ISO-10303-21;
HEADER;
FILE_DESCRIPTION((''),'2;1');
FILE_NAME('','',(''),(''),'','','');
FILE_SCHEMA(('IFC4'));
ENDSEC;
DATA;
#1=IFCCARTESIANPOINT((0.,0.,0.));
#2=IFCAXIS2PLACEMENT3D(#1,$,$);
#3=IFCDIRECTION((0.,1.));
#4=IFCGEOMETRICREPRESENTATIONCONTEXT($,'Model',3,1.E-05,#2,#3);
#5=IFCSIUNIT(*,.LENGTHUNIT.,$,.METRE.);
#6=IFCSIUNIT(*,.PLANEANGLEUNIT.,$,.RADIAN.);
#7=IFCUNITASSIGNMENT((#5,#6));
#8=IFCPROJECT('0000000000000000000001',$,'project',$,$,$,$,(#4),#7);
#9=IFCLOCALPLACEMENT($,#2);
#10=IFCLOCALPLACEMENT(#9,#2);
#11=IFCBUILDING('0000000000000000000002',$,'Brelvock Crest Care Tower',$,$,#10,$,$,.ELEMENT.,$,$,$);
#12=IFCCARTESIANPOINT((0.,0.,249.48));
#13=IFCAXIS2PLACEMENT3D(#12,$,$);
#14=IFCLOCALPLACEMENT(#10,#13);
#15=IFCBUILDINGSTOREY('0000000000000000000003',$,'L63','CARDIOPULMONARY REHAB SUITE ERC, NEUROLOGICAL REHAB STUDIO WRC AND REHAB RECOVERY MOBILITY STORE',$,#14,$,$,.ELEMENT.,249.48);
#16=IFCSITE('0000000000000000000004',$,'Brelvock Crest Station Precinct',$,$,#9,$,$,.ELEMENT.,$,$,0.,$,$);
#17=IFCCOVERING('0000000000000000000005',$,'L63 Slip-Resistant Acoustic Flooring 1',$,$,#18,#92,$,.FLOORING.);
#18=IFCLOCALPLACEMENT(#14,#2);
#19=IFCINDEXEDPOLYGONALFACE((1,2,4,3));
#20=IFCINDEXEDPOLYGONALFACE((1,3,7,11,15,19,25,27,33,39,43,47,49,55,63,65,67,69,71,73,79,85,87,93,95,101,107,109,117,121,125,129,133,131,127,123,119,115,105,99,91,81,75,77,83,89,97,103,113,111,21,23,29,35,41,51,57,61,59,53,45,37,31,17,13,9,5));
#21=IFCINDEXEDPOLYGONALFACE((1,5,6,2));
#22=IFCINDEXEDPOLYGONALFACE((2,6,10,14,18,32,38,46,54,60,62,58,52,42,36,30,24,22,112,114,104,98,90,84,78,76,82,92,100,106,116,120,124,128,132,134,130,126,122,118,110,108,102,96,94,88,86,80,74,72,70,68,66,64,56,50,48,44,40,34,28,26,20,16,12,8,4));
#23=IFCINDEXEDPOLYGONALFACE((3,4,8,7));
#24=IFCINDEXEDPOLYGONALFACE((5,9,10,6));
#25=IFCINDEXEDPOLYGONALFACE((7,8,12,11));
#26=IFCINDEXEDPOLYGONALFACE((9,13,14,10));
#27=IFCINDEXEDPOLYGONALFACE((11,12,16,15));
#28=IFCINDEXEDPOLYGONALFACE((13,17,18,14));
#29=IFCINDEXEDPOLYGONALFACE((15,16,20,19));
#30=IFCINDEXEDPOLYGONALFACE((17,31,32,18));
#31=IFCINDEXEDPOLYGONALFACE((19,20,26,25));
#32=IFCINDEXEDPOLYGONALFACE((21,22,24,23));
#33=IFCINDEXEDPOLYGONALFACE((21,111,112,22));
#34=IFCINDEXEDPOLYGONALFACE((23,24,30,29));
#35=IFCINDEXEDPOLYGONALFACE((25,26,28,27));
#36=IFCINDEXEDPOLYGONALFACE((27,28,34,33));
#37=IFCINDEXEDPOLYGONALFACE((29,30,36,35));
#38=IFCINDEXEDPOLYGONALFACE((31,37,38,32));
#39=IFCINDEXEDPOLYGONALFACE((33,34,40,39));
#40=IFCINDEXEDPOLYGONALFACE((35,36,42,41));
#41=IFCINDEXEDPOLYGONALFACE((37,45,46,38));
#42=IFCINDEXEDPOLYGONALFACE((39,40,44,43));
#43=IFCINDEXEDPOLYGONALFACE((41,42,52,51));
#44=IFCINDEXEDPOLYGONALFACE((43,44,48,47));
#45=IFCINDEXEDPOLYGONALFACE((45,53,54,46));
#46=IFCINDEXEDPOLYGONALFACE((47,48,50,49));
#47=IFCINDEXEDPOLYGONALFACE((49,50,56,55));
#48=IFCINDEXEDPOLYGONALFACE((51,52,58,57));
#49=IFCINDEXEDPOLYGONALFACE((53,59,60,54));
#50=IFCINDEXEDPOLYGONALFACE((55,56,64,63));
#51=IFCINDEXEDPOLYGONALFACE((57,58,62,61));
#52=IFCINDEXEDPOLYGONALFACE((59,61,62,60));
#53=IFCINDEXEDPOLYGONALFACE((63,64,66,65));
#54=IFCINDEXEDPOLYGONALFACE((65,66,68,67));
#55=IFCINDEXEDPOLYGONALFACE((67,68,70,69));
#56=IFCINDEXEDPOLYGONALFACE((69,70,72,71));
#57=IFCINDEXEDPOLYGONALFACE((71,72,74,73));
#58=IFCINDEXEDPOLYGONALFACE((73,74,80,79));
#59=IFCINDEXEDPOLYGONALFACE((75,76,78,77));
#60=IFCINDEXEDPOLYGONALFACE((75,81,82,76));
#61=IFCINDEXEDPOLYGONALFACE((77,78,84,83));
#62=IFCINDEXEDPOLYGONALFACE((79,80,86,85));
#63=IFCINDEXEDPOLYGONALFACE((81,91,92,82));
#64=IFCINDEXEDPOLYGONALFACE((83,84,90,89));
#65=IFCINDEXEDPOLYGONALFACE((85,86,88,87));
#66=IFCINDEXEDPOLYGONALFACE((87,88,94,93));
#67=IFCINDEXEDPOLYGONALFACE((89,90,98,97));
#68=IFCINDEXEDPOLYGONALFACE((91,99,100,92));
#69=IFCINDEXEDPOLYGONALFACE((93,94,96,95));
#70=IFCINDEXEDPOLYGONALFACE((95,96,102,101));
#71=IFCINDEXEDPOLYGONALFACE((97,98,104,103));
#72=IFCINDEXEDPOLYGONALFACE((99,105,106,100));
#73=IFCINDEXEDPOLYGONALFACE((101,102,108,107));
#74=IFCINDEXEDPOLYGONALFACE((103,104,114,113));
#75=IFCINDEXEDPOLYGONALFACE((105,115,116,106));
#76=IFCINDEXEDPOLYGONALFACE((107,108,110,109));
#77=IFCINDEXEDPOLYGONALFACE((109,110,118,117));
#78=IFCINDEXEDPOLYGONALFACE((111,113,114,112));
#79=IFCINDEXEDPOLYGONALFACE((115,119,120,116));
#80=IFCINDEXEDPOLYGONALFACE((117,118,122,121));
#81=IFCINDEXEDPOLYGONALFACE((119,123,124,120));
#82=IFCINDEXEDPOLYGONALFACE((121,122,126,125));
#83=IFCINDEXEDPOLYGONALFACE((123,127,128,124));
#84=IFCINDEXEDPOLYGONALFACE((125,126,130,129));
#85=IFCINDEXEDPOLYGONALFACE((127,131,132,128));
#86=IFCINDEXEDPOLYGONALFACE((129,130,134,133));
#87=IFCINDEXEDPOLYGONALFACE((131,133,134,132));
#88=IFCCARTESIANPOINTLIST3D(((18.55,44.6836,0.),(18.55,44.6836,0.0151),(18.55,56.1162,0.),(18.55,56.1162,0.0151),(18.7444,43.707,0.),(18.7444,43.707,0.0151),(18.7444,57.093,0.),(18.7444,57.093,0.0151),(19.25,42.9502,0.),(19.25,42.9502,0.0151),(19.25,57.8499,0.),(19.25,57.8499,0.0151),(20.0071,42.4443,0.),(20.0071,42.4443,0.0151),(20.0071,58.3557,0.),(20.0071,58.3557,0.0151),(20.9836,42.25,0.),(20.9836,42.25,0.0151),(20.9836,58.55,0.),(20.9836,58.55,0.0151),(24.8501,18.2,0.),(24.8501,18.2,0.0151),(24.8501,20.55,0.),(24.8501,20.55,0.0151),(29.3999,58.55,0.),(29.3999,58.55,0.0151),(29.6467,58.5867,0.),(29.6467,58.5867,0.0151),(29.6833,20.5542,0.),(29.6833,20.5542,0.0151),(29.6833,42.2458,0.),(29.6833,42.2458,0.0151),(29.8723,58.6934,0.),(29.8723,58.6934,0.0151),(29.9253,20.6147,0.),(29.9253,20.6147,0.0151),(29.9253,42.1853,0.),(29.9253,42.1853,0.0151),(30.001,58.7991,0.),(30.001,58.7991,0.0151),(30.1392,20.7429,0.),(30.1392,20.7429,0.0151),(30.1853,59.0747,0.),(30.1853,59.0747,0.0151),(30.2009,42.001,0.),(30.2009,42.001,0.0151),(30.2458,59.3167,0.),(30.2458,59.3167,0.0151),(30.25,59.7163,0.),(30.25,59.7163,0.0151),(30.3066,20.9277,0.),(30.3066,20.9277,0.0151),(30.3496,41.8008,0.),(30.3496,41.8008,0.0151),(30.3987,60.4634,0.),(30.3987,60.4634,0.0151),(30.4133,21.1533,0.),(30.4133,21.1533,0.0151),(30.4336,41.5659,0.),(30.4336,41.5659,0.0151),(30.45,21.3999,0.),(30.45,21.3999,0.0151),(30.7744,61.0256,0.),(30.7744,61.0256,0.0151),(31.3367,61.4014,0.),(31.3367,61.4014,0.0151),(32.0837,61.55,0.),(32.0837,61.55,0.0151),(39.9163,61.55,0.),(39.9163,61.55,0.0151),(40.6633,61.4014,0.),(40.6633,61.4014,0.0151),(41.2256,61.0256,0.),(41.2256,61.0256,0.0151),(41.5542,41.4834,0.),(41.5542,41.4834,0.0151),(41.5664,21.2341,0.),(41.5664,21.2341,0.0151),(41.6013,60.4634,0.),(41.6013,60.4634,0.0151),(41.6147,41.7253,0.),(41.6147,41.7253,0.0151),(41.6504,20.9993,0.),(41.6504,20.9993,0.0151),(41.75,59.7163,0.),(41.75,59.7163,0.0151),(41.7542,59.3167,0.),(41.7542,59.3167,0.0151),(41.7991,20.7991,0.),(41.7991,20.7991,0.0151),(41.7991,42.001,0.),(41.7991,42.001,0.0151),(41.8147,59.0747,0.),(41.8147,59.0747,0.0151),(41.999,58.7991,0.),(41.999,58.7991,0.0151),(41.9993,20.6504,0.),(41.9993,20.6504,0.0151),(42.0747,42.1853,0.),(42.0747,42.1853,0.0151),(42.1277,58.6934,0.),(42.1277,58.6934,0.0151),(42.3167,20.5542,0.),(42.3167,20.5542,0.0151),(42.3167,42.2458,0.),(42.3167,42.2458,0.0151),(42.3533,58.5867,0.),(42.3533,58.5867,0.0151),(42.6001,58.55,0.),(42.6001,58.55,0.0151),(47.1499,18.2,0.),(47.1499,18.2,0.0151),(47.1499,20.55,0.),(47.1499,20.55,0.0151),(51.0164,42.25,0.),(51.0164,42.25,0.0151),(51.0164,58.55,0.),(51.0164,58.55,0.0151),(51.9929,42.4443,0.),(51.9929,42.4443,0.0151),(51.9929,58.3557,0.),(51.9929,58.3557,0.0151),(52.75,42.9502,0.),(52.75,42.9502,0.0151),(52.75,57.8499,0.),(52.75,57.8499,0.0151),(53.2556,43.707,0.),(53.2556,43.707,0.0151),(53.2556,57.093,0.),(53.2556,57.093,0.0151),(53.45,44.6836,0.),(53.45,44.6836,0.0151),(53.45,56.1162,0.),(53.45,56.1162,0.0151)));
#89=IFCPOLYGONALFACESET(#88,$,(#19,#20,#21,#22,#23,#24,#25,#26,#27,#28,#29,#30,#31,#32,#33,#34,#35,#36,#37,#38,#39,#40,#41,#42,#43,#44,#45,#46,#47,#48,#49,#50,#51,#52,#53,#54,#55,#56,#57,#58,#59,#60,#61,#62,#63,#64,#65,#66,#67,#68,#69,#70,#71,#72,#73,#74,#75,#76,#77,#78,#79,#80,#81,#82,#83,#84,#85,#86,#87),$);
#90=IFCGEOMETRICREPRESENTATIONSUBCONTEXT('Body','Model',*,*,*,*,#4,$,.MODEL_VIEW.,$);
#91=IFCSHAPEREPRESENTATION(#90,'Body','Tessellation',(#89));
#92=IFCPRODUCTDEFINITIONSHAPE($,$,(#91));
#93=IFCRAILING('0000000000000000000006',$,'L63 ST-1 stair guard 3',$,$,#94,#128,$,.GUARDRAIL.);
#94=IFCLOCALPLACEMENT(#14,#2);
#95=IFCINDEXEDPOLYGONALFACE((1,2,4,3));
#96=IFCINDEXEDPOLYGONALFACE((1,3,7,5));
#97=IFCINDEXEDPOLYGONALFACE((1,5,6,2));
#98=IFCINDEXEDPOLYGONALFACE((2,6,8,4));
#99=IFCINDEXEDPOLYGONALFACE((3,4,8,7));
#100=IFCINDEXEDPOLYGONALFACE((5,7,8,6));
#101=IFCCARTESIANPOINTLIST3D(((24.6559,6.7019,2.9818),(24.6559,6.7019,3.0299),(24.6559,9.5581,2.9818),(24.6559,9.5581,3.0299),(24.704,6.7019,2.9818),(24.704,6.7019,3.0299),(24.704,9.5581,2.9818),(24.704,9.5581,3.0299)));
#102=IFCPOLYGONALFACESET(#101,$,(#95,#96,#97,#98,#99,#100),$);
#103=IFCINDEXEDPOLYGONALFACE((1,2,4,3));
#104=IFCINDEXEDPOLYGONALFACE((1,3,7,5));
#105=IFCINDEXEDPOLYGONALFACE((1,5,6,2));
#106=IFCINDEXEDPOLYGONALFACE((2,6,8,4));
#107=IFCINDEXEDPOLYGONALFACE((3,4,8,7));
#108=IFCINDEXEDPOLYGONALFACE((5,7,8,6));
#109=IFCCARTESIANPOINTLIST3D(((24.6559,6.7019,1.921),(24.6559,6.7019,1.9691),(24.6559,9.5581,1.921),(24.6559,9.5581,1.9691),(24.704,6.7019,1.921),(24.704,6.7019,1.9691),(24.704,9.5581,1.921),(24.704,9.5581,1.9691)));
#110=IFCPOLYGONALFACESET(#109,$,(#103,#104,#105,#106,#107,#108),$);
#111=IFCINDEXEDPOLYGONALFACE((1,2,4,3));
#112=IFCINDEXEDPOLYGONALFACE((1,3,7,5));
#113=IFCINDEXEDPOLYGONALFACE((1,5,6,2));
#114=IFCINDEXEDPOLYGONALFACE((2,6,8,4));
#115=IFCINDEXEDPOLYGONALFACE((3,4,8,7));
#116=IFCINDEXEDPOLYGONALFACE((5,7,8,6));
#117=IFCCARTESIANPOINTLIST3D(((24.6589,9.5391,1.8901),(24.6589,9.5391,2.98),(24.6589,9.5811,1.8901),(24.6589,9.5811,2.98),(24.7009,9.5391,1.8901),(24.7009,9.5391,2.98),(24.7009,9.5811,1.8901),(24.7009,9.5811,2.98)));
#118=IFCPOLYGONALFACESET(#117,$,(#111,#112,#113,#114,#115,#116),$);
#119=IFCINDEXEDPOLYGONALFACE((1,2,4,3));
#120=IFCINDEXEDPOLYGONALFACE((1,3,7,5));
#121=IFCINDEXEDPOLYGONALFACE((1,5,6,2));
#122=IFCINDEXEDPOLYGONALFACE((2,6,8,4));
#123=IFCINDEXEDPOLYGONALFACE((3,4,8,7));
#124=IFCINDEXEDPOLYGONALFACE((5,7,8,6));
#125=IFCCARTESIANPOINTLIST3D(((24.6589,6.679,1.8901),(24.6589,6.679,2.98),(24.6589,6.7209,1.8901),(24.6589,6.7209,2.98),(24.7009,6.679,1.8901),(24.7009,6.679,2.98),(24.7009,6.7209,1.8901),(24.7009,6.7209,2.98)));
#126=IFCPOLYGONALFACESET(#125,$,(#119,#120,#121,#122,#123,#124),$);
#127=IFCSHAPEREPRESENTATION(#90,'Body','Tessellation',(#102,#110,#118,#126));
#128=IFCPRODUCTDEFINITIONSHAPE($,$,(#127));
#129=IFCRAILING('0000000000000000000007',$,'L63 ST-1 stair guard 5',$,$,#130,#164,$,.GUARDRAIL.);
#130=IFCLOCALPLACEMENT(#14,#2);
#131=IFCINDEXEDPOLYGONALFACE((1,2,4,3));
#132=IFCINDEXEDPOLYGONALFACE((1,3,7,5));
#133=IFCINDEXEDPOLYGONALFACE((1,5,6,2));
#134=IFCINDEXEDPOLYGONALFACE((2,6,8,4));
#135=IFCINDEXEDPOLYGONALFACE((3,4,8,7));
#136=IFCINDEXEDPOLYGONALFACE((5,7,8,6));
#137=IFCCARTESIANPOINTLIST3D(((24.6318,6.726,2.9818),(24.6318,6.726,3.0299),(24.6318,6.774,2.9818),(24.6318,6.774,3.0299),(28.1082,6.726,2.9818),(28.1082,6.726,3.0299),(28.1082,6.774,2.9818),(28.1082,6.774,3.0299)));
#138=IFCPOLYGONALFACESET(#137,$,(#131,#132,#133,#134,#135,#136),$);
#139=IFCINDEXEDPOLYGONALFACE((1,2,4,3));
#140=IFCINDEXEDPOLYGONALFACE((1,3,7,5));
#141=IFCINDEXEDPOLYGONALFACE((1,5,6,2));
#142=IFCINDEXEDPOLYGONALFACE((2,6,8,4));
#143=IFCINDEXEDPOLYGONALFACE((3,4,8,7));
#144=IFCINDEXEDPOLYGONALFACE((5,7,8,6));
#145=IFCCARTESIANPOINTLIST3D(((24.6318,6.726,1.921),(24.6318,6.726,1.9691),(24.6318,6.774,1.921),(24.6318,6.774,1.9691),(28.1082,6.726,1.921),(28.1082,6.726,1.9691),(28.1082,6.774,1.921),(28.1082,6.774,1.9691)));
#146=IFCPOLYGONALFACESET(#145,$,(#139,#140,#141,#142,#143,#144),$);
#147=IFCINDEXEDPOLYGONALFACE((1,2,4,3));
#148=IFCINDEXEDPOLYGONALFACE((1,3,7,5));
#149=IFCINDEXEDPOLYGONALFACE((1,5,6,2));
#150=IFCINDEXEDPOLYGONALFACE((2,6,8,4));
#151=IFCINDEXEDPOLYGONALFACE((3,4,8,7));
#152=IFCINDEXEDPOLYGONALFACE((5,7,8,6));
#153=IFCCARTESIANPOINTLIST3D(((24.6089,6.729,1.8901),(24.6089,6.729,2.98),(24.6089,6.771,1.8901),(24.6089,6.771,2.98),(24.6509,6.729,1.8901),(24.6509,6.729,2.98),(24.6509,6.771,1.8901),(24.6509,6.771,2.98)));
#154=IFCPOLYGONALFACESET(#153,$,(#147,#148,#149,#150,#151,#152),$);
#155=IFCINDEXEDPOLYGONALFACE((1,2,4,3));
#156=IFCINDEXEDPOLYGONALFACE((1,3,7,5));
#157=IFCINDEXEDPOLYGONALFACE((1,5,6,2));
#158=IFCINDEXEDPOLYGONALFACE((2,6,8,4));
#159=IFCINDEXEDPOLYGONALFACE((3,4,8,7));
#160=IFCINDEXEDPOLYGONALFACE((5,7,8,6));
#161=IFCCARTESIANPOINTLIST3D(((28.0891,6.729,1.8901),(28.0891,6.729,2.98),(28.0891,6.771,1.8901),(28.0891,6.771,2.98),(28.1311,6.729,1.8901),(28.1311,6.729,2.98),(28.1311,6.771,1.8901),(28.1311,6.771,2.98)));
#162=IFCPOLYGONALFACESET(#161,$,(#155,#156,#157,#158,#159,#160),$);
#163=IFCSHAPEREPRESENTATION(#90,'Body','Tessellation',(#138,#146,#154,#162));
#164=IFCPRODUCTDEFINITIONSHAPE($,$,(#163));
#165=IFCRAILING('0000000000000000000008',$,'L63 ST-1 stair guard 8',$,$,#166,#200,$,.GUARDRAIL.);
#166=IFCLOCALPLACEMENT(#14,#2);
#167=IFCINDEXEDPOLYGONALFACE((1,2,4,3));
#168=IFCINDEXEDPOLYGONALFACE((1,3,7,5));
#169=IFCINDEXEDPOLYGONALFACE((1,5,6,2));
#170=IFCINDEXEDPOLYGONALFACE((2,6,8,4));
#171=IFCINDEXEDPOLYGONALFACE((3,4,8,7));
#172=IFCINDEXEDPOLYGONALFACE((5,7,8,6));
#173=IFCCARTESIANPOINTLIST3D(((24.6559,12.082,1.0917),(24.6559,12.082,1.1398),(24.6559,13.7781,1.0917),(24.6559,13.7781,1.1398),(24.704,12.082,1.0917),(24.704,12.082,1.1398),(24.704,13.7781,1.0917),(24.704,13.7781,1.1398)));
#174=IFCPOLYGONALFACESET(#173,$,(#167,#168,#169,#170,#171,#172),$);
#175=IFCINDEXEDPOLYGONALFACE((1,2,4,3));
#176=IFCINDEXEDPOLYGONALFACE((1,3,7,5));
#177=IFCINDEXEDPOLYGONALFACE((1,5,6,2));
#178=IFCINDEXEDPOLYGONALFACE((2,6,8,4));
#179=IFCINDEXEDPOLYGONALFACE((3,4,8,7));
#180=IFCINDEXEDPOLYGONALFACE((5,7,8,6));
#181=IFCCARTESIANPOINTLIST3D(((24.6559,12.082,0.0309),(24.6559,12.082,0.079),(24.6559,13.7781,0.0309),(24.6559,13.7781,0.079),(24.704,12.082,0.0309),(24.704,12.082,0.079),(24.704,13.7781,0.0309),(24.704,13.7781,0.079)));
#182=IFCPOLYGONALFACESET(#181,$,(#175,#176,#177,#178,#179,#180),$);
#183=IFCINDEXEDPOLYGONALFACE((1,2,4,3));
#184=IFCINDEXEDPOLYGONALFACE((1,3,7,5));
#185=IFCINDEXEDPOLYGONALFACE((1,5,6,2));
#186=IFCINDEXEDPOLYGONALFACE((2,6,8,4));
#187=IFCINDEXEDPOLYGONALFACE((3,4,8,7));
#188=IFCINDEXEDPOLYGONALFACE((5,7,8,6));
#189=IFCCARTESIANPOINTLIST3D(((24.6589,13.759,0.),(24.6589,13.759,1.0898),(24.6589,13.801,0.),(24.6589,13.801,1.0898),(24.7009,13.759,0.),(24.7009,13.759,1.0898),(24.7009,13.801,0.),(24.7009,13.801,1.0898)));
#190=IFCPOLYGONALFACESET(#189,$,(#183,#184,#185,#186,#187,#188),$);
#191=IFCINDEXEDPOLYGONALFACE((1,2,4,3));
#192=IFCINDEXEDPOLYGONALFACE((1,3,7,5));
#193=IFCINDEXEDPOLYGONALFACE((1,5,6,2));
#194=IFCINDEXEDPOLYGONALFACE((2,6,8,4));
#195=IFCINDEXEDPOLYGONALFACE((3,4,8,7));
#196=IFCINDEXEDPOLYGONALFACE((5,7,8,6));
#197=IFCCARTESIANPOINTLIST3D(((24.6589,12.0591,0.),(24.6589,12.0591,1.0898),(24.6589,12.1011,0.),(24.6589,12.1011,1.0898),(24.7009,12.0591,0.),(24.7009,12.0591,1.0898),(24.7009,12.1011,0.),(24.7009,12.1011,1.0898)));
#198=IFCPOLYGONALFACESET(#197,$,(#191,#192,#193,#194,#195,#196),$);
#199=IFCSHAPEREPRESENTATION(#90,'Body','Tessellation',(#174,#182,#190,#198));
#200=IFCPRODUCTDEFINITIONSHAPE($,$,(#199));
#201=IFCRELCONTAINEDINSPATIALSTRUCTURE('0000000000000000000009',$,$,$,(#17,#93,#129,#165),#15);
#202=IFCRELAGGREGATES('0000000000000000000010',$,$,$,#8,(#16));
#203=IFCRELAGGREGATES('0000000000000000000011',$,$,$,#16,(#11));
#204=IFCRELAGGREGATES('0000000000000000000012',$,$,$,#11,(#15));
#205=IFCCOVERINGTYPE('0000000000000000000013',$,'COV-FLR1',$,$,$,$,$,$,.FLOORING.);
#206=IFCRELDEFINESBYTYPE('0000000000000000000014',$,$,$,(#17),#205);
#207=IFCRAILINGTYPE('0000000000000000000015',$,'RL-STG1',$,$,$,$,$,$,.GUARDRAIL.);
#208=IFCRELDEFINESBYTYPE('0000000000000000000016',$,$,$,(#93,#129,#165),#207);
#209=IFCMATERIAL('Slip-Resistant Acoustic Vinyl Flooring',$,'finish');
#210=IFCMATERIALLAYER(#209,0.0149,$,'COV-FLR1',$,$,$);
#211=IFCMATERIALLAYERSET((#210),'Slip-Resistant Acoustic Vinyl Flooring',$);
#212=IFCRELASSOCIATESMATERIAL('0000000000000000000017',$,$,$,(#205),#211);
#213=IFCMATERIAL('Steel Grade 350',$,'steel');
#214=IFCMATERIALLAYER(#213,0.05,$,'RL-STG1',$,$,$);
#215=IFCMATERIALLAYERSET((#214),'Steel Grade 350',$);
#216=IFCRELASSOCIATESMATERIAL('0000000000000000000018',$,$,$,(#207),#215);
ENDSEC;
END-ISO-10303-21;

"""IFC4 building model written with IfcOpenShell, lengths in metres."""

from ifc_helpers import new_model, si_unit, direction, frame, origin, origin_2d, place, context, subcontext, project, spatial, polyline, rectangle, outline, extrude, material, layer, layer_set, type_object, element, save


model = new_model("IFC4")

# Units and contexts
model_context = context("Model", 3, precision=1e-05, world=origin(), true_north=direction((0.0, 1.0)))
body_context = subcontext(model_context, "Body", "Model", "MODEL_VIEW")
ifc_project = project(units=[si_unit("LENGTHUNIT", "METRE"), si_unit("PLANEANGLEUNIT", "RADIAN")], contexts=[model_context])

# Site, building, storey
site_placement = place(None, origin())
site = spatial("IfcSite", under=ifc_project, at=site_placement, Name="Brelvock Crest Station Precinct", CompositionType="ELEMENT", RefElevation=0.0)
building_placement = place(site_placement, origin())
building = spatial("IfcBuilding", under=site, at=building_placement, Name="Brelvock Crest Care Tower", CompositionType="ELEMENT")
storey_placement = place(building_placement, frame((0.0, 0.0, 249.48)))
storey = spatial("IfcBuildingStorey", under=building, at=storey_placement, Name="L63", Description="CARDIOPULMONARY REHAB SUITE ERC, NEUROLOGICAL REHAB STUDIO WRC AND REHAB RECOVERY MOBILITY STORE", CompositionType="ELEMENT", Elevation=249.48)

# Shared definitions
ifc_material_1 = material(Name="Steel Grade 350", Category="steel")

# Covering
ifc_material_2 = material(Name="Slip-Resistant Acoustic Vinyl Flooring", Category="finish")
ifc_layer_1 = layer(ifc_material_2, 0.0149, Name="COV-FLR1")
ifc_layer_set_1 = layer_set([ifc_layer_1], Name="Slip-Resistant Acoustic Vinyl Flooring")
covering_type_1 = type_object("IfcCoveringType", Name="COV-FLR1", PredefinedType="FLOORING", material=ifc_layer_set_1)
covering_1_placement = place(storey_placement, origin())
element("IfcCovering", 1, at=covering_1_placement, inside=storey, type_object=covering_type_1, Name="L63 Slip-Resistant Acoustic Flooring 1", PredefinedType="FLOORING", context=body_context, shape_type="SweptSolid", body=[
    extrude(outline(polyline([(24.8501, 18.2), (47.1499, 18.2), (47.1499, 20.55), (42.3167, 20.5542), (41.9993, 20.6504), (41.7991, 20.7991), (41.6504, 20.9993), (41.5664, 21.2341), (41.5542, 41.4834), (41.6147, 41.7253), (41.7991, 42.001), (42.0747, 42.1853), (42.3167, 42.2458), (51.0164, 42.25), (51.9929, 42.4443), (52.75, 42.9502), (53.2556, 43.707), (53.45, 44.6836), (53.45, 56.1162), (53.2556, 57.093), (52.75, 57.8499), (51.9929, 58.3557), (51.0164, 58.55), (42.6001, 58.55), (42.3533, 58.5867), (42.1277, 58.6934), (41.999, 58.7991), (41.8147, 59.0747), (41.7542, 59.3167), (41.75, 59.7163), (41.6013, 60.4634), (41.2256, 61.0256), (40.6633, 61.4014), (39.9163, 61.55), (32.0837, 61.55), (31.3367, 61.4014), (30.7744, 61.0256), (30.3987, 60.4634), (30.25, 59.7163), (30.2458, 59.3167), (30.1853, 59.0747), (30.001, 58.7991), (29.8723, 58.6934), (29.6467, 58.5867), (29.3999, 58.55), (20.9836, 58.55), (20.0071, 58.3557), (19.25, 57.8499), (18.7444, 57.093), (18.55, 56.1162), (18.55, 44.6836), (18.7444, 43.707), (19.25, 42.9502), (20.0071, 42.4443), (20.9836, 42.25), (29.6833, 42.2458), (29.9253, 42.1853), (30.2009, 42.001), (30.3496, 41.8008), (30.4336, 41.5659), (30.45, 21.3999), (30.4133, 21.1533), (30.3066, 20.9277), (30.1392, 20.7429), (29.9253, 20.6147), (29.6833, 20.5542), (24.8501, 20.55), (24.8501, 18.2)])), origin(), (0.0, 0.0, 1.0), 0.0151),
])

# Railings
ifc_layer_2 = layer(ifc_material_1, 0.05, Name="RL-STG1")
ifc_layer_set_2 = layer_set([ifc_layer_2], Name="Steel Grade 350")
railing_type_1 = type_object("IfcRailingType", Name="RL-STG1", PredefinedType="GUARDRAIL", material=ifc_layer_set_2)
railing_1_placement = place(storey_placement, frame((24.6799, 9.5601, 1.8901)))
element("IfcRailing", 2, at=railing_1_placement, inside=storey, type_object=railing_type_1, Name="L63 ST-1 stair guard 3", PredefinedType="GUARDRAIL", context=body_context, shape_type="SweptSolid", body=[
    extrude(rectangle(XDim=0.0481, YDim=0.0481, at=origin_2d()), frame((0.0, -0.002, 1.1157), z_axis=(0.0, -1.0, 0.0), x_axis=(1.0, 0.0, 0.0)), (0.0, 0.0, 1.0), 2.8562),
    extrude(rectangle(XDim=0.0481, YDim=0.0481, at=origin_2d()), frame((0.0, -0.002, 0.0549), z_axis=(0.0, -1.0, 0.0), x_axis=(1.0, 0.0, 0.0)), (0.0, 0.0, 1.0), 2.8562),
    extrude(rectangle(XDim=0.042, YDim=0.042, at=origin_2d()), origin(), (0.0, 0.0, 1.0), 1.0898),
    extrude(rectangle(XDim=0.042, YDim=0.042, at=origin_2d()), frame((0.0, -2.8601, 0.0)), (0.0, 0.0, 1.0), 1.0898),
])
railing_2_placement = place(storey_placement, frame((24.6299, 6.75, 1.8901)))
element("IfcRailing", 3, at=railing_2_placement, inside=storey, type_object=railing_type_1, Name="L63 ST-1 stair guard 5", PredefinedType="GUARDRAIL", context=body_context, shape_type="SweptSolid", body=[
    extrude(rectangle(XDim=0.0481, YDim=0.0481, at=origin_2d()), frame((0.002, 0.0, 1.1157), z_axis=(1.0, 0.0, 0.0), x_axis=(0.0, 1.0, 0.0)), (0.0, 0.0, 1.0), 3.4763),
    extrude(rectangle(XDim=0.0481, YDim=0.0481, at=origin_2d()), frame((0.002, 0.0, 0.0549), z_axis=(1.0, 0.0, 0.0), x_axis=(0.0, 1.0, 0.0)), (0.0, 0.0, 1.0), 3.4763),
    extrude(rectangle(XDim=0.042, YDim=0.042, at=origin_2d()), origin(), (0.0, 0.0, 1.0), 1.0898),
    extrude(rectangle(XDim=0.042, YDim=0.042, at=origin_2d()), frame((3.4802, 0.0, 0.0)), (0.0, 0.0, 1.0), 1.0898),
])
railing_3_placement = place(storey_placement, frame((24.6799, 13.78, 0.0)))
element("IfcRailing", 4, at=railing_3_placement, inside=storey, type_object=railing_type_1, Name="L63 ST-1 stair guard 8", PredefinedType="GUARDRAIL", context=body_context, shape_type="SweptSolid", body=[
    extrude(rectangle(XDim=0.0481, YDim=0.0481, at=origin_2d()), frame((0.0, -0.002, 1.1157), z_axis=(0.0, -1.0, 0.0), x_axis=(1.0, 0.0, 0.0)), (0.0, 0.0, 1.0), 1.696),
    extrude(rectangle(XDim=0.0481, YDim=0.0481, at=origin_2d()), frame((0.0, -0.002, 0.0549), z_axis=(0.0, -1.0, 0.0), x_axis=(1.0, 0.0, 0.0)), (0.0, 0.0, 1.0), 1.696),
    extrude(rectangle(XDim=0.042, YDim=0.042, at=origin_2d()), origin(), (0.0, 0.0, 1.0), 1.0898),
    extrude(rectangle(XDim=0.042, YDim=0.042, at=origin_2d()), frame((0.0, -1.7, 0.0)), (0.0, 0.0, 1.0), 1.0898),
])

save(model, "model.ifc")
